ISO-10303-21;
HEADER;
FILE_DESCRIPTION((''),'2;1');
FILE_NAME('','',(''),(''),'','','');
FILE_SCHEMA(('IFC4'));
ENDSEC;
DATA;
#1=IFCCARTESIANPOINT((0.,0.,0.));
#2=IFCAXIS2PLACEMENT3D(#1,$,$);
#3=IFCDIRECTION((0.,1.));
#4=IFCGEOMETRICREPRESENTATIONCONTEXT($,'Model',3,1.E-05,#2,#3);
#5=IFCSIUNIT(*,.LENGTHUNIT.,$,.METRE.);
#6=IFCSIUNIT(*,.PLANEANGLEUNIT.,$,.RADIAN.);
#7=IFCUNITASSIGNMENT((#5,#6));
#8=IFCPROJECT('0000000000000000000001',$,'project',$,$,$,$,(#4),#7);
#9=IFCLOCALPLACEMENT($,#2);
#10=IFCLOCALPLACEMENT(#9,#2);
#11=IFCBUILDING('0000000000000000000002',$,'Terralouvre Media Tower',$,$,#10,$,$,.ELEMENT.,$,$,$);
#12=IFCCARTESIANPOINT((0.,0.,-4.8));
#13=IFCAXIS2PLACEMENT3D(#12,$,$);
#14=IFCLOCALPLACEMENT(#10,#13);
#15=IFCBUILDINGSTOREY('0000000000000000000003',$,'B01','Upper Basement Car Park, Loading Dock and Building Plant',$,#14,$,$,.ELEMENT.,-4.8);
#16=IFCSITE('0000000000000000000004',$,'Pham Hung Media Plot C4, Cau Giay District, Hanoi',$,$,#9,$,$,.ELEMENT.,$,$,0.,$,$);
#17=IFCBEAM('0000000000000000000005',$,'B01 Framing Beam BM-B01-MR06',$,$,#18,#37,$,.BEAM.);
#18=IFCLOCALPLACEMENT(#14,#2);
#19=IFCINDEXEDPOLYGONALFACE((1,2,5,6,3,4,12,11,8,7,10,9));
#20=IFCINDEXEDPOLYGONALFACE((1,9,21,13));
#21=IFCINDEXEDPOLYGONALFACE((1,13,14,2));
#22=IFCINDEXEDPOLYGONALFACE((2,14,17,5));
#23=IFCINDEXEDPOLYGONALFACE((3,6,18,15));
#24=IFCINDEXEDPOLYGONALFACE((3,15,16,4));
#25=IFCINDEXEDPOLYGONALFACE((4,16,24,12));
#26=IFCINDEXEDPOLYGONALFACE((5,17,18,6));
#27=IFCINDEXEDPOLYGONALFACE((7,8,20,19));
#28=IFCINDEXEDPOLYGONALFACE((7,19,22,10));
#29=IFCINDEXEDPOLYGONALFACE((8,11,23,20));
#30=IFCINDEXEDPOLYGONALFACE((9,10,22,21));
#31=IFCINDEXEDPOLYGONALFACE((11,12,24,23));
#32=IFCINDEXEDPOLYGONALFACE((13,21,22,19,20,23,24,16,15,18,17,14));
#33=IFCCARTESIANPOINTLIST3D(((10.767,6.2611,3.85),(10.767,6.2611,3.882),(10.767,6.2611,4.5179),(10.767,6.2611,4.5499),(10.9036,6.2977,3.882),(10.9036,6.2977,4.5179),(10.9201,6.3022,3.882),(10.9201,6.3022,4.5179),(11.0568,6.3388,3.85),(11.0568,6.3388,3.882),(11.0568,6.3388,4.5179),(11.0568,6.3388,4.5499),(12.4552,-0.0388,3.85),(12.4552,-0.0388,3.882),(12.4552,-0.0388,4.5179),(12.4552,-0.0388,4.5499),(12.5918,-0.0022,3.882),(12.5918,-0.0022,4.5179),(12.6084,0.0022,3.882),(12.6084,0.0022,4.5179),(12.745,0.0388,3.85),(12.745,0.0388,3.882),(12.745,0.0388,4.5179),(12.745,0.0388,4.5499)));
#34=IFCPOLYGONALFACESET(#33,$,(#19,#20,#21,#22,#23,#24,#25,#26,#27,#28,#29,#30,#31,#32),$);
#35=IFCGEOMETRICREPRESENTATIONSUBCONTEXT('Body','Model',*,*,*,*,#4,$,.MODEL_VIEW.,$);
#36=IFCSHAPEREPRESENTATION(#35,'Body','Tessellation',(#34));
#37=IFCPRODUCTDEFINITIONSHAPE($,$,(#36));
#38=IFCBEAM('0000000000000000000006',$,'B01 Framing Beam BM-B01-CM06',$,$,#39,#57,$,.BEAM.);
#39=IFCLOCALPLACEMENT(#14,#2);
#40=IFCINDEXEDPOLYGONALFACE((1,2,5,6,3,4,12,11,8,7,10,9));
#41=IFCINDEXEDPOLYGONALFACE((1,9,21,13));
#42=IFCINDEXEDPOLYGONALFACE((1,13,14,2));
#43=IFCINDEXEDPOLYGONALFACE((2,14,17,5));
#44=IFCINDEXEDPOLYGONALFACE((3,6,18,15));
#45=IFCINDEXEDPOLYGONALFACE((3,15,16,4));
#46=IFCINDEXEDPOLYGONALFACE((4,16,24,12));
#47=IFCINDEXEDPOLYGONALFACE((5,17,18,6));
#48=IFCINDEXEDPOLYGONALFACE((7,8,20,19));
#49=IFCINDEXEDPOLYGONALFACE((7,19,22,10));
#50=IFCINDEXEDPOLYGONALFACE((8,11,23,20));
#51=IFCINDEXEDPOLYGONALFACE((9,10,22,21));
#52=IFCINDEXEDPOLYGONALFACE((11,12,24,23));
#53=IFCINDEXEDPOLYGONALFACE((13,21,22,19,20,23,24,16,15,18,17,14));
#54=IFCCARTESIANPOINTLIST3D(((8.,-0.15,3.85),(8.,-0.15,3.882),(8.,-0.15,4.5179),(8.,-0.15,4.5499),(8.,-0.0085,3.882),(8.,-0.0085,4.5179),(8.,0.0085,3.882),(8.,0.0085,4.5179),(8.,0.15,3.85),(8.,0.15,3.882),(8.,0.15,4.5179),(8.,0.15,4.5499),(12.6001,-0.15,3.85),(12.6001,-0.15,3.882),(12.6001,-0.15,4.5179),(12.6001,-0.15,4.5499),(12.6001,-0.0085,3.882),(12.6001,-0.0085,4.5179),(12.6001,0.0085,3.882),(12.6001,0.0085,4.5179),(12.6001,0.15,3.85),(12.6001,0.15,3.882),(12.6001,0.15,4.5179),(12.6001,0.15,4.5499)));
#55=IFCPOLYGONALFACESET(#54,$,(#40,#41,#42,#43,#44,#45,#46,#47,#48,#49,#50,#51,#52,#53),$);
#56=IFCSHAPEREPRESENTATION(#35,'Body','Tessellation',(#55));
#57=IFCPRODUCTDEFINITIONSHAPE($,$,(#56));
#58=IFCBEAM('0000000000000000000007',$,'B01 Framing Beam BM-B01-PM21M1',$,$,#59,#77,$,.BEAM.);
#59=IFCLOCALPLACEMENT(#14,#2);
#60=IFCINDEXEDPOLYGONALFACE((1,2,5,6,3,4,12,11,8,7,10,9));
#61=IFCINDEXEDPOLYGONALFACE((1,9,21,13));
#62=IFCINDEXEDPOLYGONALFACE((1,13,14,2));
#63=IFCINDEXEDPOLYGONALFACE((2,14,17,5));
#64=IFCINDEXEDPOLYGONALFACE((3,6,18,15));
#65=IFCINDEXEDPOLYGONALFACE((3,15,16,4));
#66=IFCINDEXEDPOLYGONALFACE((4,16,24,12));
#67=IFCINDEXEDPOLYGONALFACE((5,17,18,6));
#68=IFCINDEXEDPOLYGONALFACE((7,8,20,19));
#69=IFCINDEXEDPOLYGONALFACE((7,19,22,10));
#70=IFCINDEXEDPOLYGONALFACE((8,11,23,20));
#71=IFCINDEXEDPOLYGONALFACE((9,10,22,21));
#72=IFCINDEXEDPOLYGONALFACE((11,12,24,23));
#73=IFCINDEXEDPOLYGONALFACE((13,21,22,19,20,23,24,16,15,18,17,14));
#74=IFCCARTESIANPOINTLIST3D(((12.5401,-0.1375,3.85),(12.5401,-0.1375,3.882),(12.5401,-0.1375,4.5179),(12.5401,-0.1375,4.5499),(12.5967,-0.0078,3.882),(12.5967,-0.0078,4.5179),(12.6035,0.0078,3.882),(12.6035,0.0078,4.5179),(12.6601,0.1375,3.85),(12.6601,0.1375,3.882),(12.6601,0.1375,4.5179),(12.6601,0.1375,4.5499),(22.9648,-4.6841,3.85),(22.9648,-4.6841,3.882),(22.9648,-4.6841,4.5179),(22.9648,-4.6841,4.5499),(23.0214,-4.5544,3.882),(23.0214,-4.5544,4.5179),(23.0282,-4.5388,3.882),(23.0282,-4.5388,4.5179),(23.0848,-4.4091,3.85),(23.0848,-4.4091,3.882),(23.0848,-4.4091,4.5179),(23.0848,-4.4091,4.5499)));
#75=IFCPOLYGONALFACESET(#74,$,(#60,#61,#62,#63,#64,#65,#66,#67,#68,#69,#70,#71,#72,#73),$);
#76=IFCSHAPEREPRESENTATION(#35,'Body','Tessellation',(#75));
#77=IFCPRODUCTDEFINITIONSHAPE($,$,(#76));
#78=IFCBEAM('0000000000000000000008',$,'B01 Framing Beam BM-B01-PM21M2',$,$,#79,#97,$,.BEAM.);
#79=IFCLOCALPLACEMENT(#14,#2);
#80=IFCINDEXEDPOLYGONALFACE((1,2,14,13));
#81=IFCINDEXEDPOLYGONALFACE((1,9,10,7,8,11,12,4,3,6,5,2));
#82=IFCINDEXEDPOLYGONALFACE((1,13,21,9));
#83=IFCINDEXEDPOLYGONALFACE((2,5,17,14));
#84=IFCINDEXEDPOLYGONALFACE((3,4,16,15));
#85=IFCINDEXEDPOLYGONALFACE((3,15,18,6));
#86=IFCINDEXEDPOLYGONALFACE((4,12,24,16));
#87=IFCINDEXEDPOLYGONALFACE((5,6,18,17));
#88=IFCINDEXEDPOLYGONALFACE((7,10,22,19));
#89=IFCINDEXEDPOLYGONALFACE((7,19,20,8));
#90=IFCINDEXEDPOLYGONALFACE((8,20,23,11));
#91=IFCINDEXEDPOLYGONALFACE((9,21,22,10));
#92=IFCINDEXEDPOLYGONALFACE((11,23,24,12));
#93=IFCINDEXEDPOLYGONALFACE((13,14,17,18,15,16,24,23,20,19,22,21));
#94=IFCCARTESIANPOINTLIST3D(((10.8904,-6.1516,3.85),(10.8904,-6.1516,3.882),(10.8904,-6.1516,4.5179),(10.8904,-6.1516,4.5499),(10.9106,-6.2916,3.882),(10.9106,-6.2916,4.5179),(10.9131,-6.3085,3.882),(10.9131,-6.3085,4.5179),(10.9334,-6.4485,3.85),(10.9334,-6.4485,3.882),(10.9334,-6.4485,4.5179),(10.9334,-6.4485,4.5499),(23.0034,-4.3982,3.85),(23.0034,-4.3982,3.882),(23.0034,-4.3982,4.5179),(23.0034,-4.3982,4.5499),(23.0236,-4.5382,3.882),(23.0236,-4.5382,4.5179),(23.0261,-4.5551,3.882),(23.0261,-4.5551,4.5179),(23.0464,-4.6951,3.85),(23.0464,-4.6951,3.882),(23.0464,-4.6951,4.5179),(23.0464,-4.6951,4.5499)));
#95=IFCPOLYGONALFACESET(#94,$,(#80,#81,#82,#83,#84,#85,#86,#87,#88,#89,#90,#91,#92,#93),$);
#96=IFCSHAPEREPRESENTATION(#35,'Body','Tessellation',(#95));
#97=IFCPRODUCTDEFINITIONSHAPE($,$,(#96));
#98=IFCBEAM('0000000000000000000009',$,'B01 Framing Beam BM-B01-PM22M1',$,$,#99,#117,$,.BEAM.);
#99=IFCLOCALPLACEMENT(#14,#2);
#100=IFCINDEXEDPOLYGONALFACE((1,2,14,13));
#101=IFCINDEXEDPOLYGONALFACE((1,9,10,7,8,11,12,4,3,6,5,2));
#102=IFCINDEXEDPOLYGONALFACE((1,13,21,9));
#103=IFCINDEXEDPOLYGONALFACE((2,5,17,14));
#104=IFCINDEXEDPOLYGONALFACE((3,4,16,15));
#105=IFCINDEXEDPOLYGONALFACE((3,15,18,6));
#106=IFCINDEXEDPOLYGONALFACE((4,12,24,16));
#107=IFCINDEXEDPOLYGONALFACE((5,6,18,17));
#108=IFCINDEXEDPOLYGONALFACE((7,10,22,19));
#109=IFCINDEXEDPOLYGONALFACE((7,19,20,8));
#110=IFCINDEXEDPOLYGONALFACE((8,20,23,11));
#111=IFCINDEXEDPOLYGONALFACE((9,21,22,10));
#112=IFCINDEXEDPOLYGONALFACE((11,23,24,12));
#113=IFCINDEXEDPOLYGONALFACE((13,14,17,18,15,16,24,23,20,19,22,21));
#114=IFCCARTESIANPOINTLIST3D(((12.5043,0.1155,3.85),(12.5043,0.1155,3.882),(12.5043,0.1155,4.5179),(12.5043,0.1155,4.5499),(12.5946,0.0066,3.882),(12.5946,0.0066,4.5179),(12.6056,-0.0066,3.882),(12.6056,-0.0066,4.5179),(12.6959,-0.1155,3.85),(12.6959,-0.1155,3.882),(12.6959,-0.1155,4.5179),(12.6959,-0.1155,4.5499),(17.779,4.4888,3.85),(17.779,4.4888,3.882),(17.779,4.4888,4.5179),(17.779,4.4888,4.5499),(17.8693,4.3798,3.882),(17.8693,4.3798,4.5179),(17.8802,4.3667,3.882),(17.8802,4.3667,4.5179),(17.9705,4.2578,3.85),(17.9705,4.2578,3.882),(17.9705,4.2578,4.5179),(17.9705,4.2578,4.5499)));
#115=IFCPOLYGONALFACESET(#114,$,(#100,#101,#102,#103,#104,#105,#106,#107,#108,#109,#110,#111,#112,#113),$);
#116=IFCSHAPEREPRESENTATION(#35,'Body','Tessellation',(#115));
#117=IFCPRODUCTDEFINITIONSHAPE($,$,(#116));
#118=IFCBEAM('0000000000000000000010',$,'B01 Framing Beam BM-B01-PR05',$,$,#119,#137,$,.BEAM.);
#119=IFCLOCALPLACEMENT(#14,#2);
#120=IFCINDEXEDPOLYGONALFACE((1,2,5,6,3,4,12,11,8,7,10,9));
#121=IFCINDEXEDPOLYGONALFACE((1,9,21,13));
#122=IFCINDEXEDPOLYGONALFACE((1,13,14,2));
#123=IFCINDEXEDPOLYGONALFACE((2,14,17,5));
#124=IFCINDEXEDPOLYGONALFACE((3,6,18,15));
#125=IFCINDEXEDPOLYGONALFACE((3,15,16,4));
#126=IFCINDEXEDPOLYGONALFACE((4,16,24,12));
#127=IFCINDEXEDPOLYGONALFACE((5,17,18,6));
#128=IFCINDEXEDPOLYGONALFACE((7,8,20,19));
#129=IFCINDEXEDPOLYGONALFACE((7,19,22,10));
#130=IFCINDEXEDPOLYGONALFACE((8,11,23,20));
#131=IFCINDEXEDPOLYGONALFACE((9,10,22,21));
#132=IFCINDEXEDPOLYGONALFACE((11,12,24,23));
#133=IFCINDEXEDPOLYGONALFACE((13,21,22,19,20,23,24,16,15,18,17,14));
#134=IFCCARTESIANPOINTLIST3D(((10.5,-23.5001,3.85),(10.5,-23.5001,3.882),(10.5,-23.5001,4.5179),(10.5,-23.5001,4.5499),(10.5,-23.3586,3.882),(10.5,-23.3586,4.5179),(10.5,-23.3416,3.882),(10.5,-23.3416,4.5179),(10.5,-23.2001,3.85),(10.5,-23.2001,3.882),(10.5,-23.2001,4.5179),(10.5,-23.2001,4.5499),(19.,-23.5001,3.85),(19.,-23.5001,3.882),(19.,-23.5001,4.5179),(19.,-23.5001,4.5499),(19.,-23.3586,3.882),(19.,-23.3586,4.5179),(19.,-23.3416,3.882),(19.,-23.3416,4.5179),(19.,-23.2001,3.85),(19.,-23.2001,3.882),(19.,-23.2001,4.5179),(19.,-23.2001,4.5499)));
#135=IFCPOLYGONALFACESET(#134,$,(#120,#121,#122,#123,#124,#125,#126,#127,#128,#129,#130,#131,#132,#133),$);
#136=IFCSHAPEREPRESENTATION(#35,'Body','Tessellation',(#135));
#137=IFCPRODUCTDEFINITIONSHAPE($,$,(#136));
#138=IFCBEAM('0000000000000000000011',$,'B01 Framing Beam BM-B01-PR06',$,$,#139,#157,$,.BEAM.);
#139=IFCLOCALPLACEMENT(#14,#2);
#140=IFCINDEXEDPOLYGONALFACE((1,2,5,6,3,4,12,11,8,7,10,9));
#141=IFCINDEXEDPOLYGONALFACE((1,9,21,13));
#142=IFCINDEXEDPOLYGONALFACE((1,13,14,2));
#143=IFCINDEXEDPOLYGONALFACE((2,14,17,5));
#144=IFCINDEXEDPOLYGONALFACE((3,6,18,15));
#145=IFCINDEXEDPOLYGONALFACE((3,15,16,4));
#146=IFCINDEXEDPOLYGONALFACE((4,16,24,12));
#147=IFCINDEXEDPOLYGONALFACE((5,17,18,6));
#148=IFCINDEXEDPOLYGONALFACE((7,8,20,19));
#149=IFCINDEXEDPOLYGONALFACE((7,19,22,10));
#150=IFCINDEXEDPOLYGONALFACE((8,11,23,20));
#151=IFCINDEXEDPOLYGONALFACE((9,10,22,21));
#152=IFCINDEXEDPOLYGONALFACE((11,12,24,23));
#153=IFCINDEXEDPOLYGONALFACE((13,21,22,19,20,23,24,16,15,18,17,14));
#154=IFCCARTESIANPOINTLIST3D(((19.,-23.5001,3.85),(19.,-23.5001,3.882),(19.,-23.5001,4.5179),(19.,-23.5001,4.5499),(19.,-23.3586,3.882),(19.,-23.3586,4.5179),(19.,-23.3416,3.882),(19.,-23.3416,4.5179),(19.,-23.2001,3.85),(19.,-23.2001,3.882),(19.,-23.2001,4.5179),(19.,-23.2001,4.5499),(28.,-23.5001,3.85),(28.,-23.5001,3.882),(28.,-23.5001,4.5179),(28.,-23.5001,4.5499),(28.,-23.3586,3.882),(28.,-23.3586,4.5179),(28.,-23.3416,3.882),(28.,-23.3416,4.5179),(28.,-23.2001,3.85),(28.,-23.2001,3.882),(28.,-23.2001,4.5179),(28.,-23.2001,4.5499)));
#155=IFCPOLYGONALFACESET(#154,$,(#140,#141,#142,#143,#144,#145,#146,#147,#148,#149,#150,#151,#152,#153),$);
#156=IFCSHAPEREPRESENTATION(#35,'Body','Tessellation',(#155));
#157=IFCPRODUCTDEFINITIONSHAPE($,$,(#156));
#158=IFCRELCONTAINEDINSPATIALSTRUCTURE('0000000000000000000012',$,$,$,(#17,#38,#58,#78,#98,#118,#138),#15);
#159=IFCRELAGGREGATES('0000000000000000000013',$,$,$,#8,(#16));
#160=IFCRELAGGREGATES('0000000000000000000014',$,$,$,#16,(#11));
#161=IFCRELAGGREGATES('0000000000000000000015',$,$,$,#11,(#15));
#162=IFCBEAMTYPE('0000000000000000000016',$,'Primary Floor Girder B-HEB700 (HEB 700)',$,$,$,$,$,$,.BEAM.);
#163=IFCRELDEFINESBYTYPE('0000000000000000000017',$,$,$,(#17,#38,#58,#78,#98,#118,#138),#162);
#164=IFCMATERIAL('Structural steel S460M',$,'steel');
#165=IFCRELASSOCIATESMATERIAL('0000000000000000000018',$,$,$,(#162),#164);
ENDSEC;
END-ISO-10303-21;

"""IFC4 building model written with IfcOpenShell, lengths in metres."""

from ifc_helpers import new_model, si_unit, direction, frame, origin, origin_2d, place, context, subcontext, project, spatial, i_section, extrude, material, material_profile, profile_set, type_object, element, save


model = new_model("IFC4")

# Units and contexts
model_context = context("Model", 3, precision=1e-05, world=origin(), true_north=direction((0.0, 1.0)))
body_context = subcontext(model_context, "Body", "Model", "MODEL_VIEW")
ifc_project = project(units=[si_unit("LENGTHUNIT", "METRE"), si_unit("PLANEANGLEUNIT", "RADIAN")], contexts=[model_context])

# Site, building, storey
site_placement = place(None, origin())
site = spatial("IfcSite", under=ifc_project, at=site_placement, Name="Pham Hung Media Plot C4, Cau Giay District, Hanoi", CompositionType="ELEMENT", RefElevation=0.0)
building_placement = place(site_placement, origin())
building = spatial("IfcBuilding", under=site, at=building_placement, Name="Terralouvre Media Tower", CompositionType="ELEMENT")
storey_placement = place(building_placement, frame((0.0, 0.0, -4.8)))
storey = spatial("IfcBuildingStorey", under=building, at=storey_placement, Name="B01", Description="Upper Basement Car Park, Loading Dock and Building Plant", CompositionType="ELEMENT", Elevation=-4.8)

# Beams
ifc_material_1 = material(Name="Structural steel S460M", Category="steel")
ifc_material_profile_1 = material_profile(ifc_material_1, i_section(OverallWidth=0.3, OverallDepth=0.7, WebThickness=0.0171, FlangeThickness=0.032, at=origin_2d()), Name="HEB 700")
ifc_profile_set_1 = profile_set([ifc_material_profile_1], Name="Structural steel S460M")
beam_type_1 = type_object("IfcBeamType", Name="Primary Floor Girder B-HEB700 (HEB 700)", PredefinedType="BEAM", material=ifc_profile_set_1)
for number, where, z_axis, x_axis, name in (
    (1, (12.6001, 0.0, 4.2), (-0.258839, 0.96592, 0.0), (-0.96592, -0.258839, 0.0), "B01 Framing Beam BM-B01-MR06"),
):
    element("IfcBeam", number, at=place(storey_placement, frame(where, z_axis=z_axis, x_axis=x_axis)), inside=storey, type_object=beam_type_1, Name=name, PredefinedType="BEAM", context=body_context, shape_type="SweptSolid", body=[
        extrude(i_section(OverallWidth=0.3, OverallDepth=0.7, WebThickness=0.0171, FlangeThickness=0.032, at=origin_2d()), origin(), (0.0, 0.0, 1.0), 6.5222),
    ])
beam_1_placement = place(storey_placement, frame((8.0, 0.0, 4.2), z_axis=(1.0, 0.0, 0.0), x_axis=(0.0, 1.0, 0.0)))
element("IfcBeam", 2, at=beam_1_placement, inside=storey, type_object=beam_type_1, Name="B01 Framing Beam BM-B01-CM06", PredefinedType="BEAM", context=body_context, shape_type="SweptSolid", body=[
    extrude(i_section(OverallWidth=0.3, OverallDepth=0.7, WebThickness=0.0171, FlangeThickness=0.032, at=origin_2d()), origin(), (0.0, 0.0, 1.0), 4.6001),
])
beam_2_placement = place(storey_placement, frame((12.6001, 0.0, 4.2), z_axis=(0.916616, -0.399769, 0.0), x_axis=(0.399769, 0.916616, 0.0)))
element("IfcBeam", 3, at=beam_2_placement, inside=storey, type_object=beam_type_1, Name="B01 Framing Beam BM-B01-PM21M1", PredefinedType="BEAM", context=body_context, shape_type="SweptSolid", body=[
    extrude(i_section(OverallWidth=0.3, OverallDepth=0.7, WebThickness=0.0171, FlangeThickness=0.032, at=origin_2d()), origin(), (0.0, 0.0, 1.0), 11.373),
])
beam_3_placement = place(storey_placement, frame((10.9119, -6.3, 4.2), z_axis=(0.989685, 0.143261, 0.0), x_axis=(-0.143261, 0.989685, 0.0)))
element("IfcBeam", 4, at=beam_3_placement, inside=storey, type_object=beam_type_1, Name="B01 Framing Beam BM-B01-PM21M2", PredefinedType="BEAM", context=body_context, shape_type="SweptSolid", body=[
    extrude(i_section(OverallWidth=0.3, OverallDepth=0.7, WebThickness=0.0171, FlangeThickness=0.032, at=origin_2d()), origin(), (0.0, 0.0, 1.0), 12.2393),
])
beam_4_placement = place(storey_placement, frame((12.6001, 0.0, 4.2), z_axis=(0.769816, 0.638265, 0.0), x_axis=(-0.638265, 0.769816, 0.0)))
element("IfcBeam", 5, at=beam_4_placement, inside=storey, type_object=beam_type_1, Name="B01 Framing Beam BM-B01-PM22M1", PredefinedType="BEAM", context=body_context, shape_type="SweptSolid", body=[
    extrude(i_section(OverallWidth=0.3, OverallDepth=0.7, WebThickness=0.0171, FlangeThickness=0.032, at=origin_2d()), origin(), (0.0, 0.0, 1.0), 6.8518),
])
beam_5_placement = place(storey_placement, frame((10.5, -23.3501, 4.2), z_axis=(1.0, 0.0, 0.0), x_axis=(0.0, 1.0, 0.0)))
element("IfcBeam", 6, at=beam_5_placement, inside=storey, type_object=beam_type_1, Name="B01 Framing Beam BM-B01-PR05", PredefinedType="BEAM", context=body_context, shape_type="SweptSolid", body=[
    extrude(i_section(OverallWidth=0.3, OverallDepth=0.7, WebThickness=0.0171, FlangeThickness=0.032, at=origin_2d()), origin(), (0.0, 0.0, 1.0), 8.5),
])
beam_6_placement = place(storey_placement, frame((19.0, -23.3501, 4.2), z_axis=(1.0, 0.0, 0.0), x_axis=(0.0, 1.0, 0.0)))
element("IfcBeam", 7, at=beam_6_placement, inside=storey, type_object=beam_type_1, Name="B01 Framing Beam BM-B01-PR06", PredefinedType="BEAM", context=body_context, shape_type="SweptSolid", body=[
    extrude(i_section(OverallWidth=0.3, OverallDepth=0.7, WebThickness=0.0171, FlangeThickness=0.032, at=origin_2d()), origin(), (0.0, 0.0, 1.0), 9.0),
])

save(model, "model.ifc")
